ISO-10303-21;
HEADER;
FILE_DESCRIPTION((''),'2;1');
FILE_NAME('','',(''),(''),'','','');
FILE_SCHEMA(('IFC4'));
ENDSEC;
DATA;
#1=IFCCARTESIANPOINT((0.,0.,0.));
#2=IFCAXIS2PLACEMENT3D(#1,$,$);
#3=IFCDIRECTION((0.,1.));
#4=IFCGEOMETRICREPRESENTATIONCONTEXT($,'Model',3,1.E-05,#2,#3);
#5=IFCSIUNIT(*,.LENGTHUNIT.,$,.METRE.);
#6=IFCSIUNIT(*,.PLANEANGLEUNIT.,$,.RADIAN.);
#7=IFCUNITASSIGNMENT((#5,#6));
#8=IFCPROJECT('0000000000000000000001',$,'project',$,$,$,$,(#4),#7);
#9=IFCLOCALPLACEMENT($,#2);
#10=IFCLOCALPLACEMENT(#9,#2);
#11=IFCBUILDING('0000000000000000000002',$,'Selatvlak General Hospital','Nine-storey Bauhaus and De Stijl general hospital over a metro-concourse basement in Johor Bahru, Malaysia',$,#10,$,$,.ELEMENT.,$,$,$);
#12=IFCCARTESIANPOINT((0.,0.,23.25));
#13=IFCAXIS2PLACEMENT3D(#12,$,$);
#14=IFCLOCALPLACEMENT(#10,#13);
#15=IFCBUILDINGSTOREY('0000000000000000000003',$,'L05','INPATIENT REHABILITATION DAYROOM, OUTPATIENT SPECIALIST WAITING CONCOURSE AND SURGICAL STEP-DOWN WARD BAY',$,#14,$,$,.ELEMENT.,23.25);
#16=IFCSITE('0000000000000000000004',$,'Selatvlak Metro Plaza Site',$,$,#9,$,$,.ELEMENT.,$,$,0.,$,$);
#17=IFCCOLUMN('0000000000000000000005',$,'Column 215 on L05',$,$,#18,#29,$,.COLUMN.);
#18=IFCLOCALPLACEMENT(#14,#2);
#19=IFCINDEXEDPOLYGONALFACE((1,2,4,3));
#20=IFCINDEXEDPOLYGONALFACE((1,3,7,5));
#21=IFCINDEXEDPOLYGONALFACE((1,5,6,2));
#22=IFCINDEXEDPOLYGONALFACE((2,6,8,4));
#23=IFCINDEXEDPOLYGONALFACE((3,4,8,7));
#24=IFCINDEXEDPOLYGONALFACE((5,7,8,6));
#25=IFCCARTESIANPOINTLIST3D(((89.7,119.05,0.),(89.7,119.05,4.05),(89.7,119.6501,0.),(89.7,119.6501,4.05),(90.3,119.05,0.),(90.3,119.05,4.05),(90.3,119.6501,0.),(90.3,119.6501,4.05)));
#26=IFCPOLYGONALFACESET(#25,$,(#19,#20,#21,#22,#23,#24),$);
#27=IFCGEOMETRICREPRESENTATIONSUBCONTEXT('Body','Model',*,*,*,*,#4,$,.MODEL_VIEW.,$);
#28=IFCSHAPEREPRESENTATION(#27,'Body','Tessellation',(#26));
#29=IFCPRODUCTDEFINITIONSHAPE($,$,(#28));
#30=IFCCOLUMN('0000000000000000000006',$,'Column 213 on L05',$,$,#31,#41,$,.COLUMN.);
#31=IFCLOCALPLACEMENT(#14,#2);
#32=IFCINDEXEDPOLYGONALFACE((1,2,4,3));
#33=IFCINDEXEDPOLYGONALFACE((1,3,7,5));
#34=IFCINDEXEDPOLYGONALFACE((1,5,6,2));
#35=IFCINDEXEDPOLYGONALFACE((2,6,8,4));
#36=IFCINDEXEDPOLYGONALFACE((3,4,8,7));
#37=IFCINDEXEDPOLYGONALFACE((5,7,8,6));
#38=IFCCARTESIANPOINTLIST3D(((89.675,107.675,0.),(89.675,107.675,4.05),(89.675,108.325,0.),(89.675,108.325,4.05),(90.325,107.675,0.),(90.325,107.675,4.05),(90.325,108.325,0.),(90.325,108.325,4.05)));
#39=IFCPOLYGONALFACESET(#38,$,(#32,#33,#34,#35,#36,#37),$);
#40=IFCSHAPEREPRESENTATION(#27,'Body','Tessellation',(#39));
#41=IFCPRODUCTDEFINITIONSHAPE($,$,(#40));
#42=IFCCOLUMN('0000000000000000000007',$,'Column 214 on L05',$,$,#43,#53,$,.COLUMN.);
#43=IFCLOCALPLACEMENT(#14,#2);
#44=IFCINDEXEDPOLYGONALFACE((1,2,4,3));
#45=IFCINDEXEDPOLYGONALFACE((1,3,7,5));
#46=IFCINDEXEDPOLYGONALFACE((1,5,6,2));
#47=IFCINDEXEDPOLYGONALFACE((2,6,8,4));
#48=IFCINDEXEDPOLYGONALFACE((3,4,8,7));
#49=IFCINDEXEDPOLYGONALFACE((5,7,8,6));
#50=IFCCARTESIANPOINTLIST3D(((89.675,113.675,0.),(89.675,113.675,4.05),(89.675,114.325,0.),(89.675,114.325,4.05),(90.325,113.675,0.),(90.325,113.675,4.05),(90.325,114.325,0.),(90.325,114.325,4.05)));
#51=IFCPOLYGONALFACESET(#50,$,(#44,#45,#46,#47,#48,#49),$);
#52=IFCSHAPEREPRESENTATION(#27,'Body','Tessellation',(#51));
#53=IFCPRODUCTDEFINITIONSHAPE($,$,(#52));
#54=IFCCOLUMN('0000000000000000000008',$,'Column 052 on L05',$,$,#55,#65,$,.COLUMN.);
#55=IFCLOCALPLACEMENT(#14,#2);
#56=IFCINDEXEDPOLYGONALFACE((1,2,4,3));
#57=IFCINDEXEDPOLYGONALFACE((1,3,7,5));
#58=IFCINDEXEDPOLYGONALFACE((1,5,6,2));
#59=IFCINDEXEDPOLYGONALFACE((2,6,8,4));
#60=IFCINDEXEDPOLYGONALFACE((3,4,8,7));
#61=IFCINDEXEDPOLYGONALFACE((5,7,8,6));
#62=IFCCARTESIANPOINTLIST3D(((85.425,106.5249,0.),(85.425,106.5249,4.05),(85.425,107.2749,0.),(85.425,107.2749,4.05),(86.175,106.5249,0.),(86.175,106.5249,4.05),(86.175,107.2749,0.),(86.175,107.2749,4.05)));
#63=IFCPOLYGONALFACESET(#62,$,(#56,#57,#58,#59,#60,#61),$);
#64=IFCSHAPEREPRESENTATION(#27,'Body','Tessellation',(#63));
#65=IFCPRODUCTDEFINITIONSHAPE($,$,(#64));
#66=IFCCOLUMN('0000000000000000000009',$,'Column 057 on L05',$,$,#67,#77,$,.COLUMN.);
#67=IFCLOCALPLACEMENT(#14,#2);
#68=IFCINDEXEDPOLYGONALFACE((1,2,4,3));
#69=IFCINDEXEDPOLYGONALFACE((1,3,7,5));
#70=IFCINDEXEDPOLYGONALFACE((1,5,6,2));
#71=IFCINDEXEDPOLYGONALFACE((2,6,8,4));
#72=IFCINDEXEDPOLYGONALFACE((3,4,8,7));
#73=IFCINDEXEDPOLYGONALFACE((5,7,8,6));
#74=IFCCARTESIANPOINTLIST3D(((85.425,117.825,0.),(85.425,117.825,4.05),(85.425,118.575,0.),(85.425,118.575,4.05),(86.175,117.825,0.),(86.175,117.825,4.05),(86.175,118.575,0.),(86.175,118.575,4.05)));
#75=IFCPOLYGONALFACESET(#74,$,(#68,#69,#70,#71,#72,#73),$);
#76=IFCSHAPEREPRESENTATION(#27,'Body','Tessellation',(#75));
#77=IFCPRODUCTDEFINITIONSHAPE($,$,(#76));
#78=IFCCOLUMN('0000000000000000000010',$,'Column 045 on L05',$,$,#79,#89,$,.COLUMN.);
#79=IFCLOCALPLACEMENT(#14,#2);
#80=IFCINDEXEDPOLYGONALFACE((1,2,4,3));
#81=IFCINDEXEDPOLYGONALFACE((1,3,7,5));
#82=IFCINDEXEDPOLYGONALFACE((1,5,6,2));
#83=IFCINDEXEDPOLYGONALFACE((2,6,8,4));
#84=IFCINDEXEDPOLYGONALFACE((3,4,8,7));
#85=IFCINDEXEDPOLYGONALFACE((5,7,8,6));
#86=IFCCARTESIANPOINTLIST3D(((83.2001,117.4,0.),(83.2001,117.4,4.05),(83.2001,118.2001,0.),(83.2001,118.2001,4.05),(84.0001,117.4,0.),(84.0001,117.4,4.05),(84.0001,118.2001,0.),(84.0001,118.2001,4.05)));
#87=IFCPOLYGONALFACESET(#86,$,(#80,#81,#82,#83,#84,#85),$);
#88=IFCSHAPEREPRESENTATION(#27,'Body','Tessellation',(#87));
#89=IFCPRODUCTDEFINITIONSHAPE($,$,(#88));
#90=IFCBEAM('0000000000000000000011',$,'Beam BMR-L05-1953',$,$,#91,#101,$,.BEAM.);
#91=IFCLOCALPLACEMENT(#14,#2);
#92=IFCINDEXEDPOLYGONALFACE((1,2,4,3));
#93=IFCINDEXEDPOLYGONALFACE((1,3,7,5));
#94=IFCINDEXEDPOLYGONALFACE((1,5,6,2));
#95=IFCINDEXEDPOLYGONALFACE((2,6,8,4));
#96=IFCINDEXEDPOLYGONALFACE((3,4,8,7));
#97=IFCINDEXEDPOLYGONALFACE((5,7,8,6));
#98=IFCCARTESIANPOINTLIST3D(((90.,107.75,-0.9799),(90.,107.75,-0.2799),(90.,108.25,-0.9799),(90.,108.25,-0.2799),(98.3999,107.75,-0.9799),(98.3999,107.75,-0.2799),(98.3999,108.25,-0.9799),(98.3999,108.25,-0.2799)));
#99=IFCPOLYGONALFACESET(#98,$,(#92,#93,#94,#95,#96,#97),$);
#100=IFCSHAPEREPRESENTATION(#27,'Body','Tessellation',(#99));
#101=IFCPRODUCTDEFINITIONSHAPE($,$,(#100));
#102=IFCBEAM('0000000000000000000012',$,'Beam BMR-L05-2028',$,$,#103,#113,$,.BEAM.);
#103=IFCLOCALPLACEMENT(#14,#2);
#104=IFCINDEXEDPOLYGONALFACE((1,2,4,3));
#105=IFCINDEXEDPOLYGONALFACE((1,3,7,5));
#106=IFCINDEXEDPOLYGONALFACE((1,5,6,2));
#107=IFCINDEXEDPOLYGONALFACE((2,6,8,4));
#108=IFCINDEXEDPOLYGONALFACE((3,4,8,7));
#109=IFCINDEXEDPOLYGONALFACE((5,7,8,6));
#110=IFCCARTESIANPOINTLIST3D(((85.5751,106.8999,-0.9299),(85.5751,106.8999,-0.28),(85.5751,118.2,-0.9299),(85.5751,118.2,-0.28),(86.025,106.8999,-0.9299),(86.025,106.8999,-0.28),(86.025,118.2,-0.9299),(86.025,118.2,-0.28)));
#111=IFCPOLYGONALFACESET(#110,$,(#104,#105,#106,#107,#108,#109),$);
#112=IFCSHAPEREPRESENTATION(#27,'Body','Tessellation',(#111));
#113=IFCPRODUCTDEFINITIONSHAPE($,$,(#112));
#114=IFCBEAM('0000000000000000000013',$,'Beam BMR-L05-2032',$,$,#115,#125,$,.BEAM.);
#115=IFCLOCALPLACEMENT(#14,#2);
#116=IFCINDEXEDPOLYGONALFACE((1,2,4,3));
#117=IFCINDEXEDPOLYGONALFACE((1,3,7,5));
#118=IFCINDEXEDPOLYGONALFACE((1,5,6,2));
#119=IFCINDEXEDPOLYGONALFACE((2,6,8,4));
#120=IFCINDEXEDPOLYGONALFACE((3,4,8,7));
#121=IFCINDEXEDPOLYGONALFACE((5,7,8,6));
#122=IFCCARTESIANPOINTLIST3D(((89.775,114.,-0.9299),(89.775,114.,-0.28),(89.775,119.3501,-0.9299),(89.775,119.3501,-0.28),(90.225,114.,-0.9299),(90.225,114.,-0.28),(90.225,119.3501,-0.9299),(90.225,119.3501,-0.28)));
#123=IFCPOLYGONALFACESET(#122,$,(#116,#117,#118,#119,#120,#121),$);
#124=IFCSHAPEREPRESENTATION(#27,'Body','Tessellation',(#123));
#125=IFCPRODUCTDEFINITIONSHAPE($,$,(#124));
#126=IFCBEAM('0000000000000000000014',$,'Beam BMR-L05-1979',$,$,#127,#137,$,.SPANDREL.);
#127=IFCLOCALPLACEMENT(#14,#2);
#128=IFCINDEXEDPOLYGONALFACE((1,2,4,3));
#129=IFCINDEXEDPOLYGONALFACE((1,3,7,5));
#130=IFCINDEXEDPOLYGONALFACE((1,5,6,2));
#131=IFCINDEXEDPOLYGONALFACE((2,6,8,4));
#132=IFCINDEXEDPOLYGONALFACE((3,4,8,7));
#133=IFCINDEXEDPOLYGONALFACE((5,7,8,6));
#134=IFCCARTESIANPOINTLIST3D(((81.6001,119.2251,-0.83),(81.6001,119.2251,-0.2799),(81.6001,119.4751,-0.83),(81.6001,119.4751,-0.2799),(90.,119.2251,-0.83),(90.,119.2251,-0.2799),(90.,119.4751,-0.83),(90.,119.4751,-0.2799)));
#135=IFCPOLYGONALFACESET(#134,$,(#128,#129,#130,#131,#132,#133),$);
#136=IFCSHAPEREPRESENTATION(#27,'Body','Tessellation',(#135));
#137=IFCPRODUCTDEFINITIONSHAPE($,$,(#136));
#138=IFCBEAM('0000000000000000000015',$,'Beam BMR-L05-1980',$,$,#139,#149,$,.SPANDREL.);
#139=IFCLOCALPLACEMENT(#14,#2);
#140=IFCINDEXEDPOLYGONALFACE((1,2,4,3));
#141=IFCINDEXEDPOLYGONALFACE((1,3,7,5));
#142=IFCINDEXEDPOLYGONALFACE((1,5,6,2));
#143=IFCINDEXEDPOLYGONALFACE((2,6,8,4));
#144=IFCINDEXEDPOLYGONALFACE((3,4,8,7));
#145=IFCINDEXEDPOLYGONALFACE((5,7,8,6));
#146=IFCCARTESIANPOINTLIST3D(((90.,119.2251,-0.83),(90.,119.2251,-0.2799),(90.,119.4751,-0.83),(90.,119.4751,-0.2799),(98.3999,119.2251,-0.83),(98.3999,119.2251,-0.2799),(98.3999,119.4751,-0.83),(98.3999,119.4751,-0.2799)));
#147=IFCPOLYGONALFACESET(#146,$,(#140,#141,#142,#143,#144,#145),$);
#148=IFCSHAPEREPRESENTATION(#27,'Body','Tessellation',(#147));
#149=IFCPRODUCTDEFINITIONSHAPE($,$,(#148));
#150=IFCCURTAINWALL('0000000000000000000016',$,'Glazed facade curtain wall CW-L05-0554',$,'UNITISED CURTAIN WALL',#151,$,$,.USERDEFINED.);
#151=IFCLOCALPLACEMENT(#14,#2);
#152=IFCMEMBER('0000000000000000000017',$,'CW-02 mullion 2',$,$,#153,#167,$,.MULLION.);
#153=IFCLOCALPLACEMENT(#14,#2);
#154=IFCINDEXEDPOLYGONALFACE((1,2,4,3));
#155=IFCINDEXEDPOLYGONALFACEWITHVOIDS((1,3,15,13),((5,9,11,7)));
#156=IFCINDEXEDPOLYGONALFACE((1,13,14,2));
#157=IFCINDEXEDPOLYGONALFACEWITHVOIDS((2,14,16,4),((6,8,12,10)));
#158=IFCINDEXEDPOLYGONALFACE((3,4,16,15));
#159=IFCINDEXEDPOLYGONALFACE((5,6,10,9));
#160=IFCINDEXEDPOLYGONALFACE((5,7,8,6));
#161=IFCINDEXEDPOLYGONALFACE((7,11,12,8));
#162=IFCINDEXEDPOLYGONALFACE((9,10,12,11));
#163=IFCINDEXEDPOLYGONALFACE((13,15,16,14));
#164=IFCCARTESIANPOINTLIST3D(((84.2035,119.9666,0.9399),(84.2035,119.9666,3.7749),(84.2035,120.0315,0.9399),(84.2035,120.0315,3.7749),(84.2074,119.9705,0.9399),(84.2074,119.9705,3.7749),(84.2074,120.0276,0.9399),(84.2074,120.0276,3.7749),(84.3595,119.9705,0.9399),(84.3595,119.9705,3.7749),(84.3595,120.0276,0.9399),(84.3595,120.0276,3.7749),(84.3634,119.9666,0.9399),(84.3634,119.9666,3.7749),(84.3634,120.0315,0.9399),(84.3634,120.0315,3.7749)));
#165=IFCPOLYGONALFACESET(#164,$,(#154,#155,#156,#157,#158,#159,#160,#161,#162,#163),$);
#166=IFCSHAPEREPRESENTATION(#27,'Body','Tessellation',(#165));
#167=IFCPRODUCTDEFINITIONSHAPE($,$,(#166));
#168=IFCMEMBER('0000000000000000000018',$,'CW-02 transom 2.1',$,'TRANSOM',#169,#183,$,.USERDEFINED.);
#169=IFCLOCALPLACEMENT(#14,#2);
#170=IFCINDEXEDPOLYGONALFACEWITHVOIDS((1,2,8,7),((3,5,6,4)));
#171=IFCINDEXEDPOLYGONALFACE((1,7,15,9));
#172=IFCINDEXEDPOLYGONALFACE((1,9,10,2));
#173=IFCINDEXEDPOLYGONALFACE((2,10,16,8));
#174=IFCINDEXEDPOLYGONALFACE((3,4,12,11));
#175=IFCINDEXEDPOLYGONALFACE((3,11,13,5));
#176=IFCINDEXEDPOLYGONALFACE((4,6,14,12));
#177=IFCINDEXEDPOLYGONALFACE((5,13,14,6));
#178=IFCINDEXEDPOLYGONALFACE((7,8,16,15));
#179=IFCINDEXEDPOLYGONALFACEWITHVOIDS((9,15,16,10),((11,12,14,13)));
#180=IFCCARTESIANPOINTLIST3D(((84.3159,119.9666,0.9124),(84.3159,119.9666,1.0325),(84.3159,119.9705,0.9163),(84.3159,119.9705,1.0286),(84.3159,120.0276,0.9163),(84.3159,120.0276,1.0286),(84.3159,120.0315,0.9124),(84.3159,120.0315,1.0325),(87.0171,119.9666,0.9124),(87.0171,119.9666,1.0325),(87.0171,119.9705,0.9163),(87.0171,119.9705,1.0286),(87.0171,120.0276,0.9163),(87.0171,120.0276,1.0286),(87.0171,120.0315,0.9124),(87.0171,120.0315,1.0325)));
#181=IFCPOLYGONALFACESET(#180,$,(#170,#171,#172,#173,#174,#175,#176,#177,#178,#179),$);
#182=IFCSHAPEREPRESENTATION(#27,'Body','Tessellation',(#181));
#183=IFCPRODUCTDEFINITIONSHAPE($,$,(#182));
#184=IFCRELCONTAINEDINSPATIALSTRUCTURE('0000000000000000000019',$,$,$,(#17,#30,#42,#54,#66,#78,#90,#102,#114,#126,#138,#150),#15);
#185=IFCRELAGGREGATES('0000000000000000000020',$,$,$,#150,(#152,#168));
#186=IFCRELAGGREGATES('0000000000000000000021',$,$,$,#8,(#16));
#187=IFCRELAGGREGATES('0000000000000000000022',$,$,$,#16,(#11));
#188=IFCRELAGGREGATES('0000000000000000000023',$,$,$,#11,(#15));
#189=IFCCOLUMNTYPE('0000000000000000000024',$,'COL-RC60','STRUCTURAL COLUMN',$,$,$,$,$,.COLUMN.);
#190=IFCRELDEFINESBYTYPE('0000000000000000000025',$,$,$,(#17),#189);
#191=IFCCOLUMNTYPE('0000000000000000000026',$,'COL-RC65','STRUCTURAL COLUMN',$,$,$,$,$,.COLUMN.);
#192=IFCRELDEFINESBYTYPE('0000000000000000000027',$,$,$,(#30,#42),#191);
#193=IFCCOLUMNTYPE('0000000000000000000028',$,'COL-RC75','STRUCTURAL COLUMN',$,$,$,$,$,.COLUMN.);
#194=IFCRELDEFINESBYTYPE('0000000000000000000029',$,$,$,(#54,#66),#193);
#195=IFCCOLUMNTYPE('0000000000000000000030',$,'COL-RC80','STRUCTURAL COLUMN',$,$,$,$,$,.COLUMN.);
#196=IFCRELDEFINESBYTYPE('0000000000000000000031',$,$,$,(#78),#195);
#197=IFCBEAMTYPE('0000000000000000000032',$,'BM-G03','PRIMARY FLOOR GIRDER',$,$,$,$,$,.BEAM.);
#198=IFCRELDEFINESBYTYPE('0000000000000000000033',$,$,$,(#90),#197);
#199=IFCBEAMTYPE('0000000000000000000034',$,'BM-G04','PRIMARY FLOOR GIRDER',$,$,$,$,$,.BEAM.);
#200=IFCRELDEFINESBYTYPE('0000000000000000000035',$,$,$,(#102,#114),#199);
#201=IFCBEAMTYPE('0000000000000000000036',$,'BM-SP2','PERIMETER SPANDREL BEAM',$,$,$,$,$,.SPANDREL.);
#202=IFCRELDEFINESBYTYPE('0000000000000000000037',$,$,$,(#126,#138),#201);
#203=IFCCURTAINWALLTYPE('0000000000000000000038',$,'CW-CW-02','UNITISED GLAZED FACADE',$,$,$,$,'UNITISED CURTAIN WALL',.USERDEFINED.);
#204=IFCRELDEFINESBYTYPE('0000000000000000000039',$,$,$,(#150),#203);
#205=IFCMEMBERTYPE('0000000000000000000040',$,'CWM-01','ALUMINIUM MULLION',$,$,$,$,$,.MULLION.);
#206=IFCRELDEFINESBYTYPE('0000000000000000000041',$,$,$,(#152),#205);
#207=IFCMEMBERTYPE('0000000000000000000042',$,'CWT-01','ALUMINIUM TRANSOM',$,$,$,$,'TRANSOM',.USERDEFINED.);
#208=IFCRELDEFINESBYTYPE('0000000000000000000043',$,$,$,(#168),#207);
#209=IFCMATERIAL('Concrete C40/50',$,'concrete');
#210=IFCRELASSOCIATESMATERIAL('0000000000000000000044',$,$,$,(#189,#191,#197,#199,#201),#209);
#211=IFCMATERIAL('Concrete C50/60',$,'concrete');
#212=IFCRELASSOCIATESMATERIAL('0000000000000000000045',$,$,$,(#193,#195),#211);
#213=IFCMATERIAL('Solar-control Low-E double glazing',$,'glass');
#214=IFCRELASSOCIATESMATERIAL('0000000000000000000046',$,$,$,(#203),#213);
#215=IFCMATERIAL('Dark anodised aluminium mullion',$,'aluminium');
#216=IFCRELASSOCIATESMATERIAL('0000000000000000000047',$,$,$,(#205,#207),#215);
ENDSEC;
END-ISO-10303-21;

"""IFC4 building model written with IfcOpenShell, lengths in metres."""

from ifc_helpers import new_model, si_unit, direction, frame, origin, origin_2d, place, context, subcontext, project, spatial, rectangle, hollow_rectangle, extrude, material, material_profile, profile_set, type_object, element, aggregate, save


model = new_model("IFC4")

# Units and contexts
model_context = context("Model", 3, precision=1e-05, world=origin(), true_north=direction((0.0, 1.0)))
body_context = subcontext(model_context, "Body", "Model", "MODEL_VIEW")
ifc_project = project(units=[si_unit("LENGTHUNIT", "METRE"), si_unit("PLANEANGLEUNIT", "RADIAN")], contexts=[model_context])

# Site, building, storey
site_placement = place(None, origin())
site = spatial("IfcSite", under=ifc_project, at=site_placement, Name="Selatvlak Metro Plaza Site", CompositionType="ELEMENT", RefElevation=0.0)
building_placement = place(site_placement, origin())
building = spatial("IfcBuilding", under=site, at=building_placement, Name="Selatvlak General Hospital", Description="Nine-storey Bauhaus and De Stijl general hospital over a metro-concourse basement in Johor Bahru, Malaysia", CompositionType="ELEMENT")
storey_placement = place(building_placement, frame((0.0, 0.0, 23.25)))
storey = spatial("IfcBuildingStorey", under=building, at=storey_placement, Name="L05", Description="INPATIENT REHABILITATION DAYROOM, OUTPATIENT SPECIALIST WAITING CONCOURSE AND SURGICAL STEP-DOWN WARD BAY", CompositionType="ELEMENT", Elevation=23.25)

# Columns
ifc_material_1 = material(Name="Concrete C40/50", Category="concrete")
ifc_material_profile_1 = material_profile(ifc_material_1, rectangle(XDim=0.6001, YDim=0.6001, at=origin_2d()), Name="RC-COL 600x600")
ifc_profile_set_1 = profile_set([ifc_material_profile_1], Name="Concrete C40/50")
column_type_1 = type_object("IfcColumnType", Name="COL-RC60", Description="STRUCTURAL COLUMN", PredefinedType="COLUMN", material=ifc_profile_set_1)
column_1_placement = place(storey_placement, frame((90.0, 119.3501, 0.0), z_axis=(0.0, 0.0, 1.0), x_axis=(1.0, 0.0, 0.0)))
element("IfcColumn", 1, at=column_1_placement, inside=storey, type_object=column_type_1, Name="Column 215 on L05", PredefinedType="COLUMN", context=body_context, shape_type="SweptSolid", body=[
    extrude(rectangle(XDim=0.6001, YDim=0.6001, at=origin_2d()), origin(), (0.0, 0.0, 1.0), 4.05),
])
ifc_material_profile_2 = material_profile(ifc_material_1, rectangle(XDim=0.6499, YDim=0.6499, at=origin_2d()), Name="RC-COL 650x650")
ifc_profile_set_2 = profile_set([ifc_material_profile_2], Name="Concrete C40/50")
column_type_2 = type_object("IfcColumnType", Name="COL-RC65", Description="STRUCTURAL COLUMN", PredefinedType="COLUMN", material=ifc_profile_set_2)
for number, where, z_axis, x_axis, name in (
    (2, (90.0, 108.0, 0.0), (0.0, 0.0, 1.0), (1.0, 0.0, 0.0), "Column 213 on L05"),
    (3, (90.0, 114.0, 0.0), (0.0, 0.0, 1.0), (1.0, 0.0, 0.0), "Column 214 on L05"),
):
    element("IfcColumn", number, at=place(storey_placement, frame(where, z_axis=z_axis, x_axis=x_axis)), inside=storey, type_object=column_type_2, Name=name, PredefinedType="COLUMN", context=body_context, shape_type="SweptSolid", body=[
        extrude(rectangle(XDim=0.6499, YDim=0.6499, at=origin_2d()), origin(), (0.0, 0.0, 1.0), 4.05),
    ])
ifc_material_2 = material(Name="Concrete C50/60", Category="concrete")
ifc_material_profile_3 = material_profile(ifc_material_2, rectangle(XDim=0.75, YDim=0.75, at=origin_2d()), Name="RC-COL 750x750")
ifc_profile_set_3 = profile_set([ifc_material_profile_3], Name="Concrete C50/60")
column_type_3 = type_object("IfcColumnType", Name="COL-RC75", Description="STRUCTURAL COLUMN", PredefinedType="COLUMN", material=ifc_profile_set_3)
for number, where, z_axis, x_axis, name in (
    (4, (85.8, 106.8999, 0.0), (0.0, 0.0, 1.0), (1.0, 0.0, 0.0), "Column 052 on L05"),
    (5, (85.8, 118.2, 0.0), (0.0, 0.0, 1.0), (1.0, 0.0, 0.0), "Column 057 on L05"),
):
    element("IfcColumn", number, at=place(storey_placement, frame(where, z_axis=z_axis, x_axis=x_axis)), inside=storey, type_object=column_type_3, Name=name, PredefinedType="COLUMN", context=body_context, shape_type="SweptSolid", body=[
        extrude(rectangle(XDim=0.75, YDim=0.75, at=origin_2d()), origin(), (0.0, 0.0, 1.0), 4.05),
    ])
ifc_material_profile_4 = material_profile(ifc_material_2, rectangle(XDim=0.8, YDim=0.8, at=origin_2d()), Name="RC-COL 800x800")
ifc_profile_set_4 = profile_set([ifc_material_profile_4], Name="Concrete C50/60")
column_type_4 = type_object("IfcColumnType", Name="COL-RC80", Description="STRUCTURAL COLUMN", PredefinedType="COLUMN", material=ifc_profile_set_4)
column_2_placement = place(storey_placement, frame((83.6001, 117.8, 0.0), z_axis=(0.0, 0.0, 1.0), x_axis=(1.0, 0.0, 0.0)))
element("IfcColumn", 6, at=column_2_placement, inside=storey, type_object=column_type_4, Name="Column 045 on L05", PredefinedType="COLUMN", context=body_context, shape_type="SweptSolid", body=[
    extrude(rectangle(XDim=0.8, YDim=0.8, at=origin_2d()), origin(), (0.0, 0.0, 1.0), 4.05),
])

# Beams
ifc_material_profile_5 = material_profile(ifc_material_1, rectangle(XDim=0.5, YDim=0.7, at=origin_2d()), Name="RC-BM 500x700")
ifc_profile_set_5 = profile_set([ifc_material_profile_5], Name="Concrete C40/50")
beam_type_1 = type_object("IfcBeamType", Name="BM-G03", Description="PRIMARY FLOOR GIRDER", PredefinedType="BEAM", material=ifc_profile_set_5)
beam_1_placement = place(storey_placement, frame((90.0, 108.0, -0.6299), z_axis=(1.0, 0.0, 0.0), x_axis=(0.0, 1.0, 0.0)))
element("IfcBeam", 7, at=beam_1_placement, inside=storey, type_object=beam_type_1, Name="Beam BMR-L05-1953", PredefinedType="BEAM", context=body_context, shape_type="SweptSolid", body=[
    extrude(rectangle(XDim=0.5, YDim=0.7, at=origin_2d()), origin(), (0.0, 0.0, 1.0), 8.3999),
])
ifc_material_profile_6 = material_profile(ifc_material_1, rectangle(XDim=0.45, YDim=0.6499, at=origin_2d()), Name="RC-BM 450x650")
ifc_profile_set_6 = profile_set([ifc_material_profile_6], Name="Concrete C40/50")
beam_type_2 = type_object("IfcBeamType", Name="BM-G04", Description="PRIMARY FLOOR GIRDER", PredefinedType="BEAM", material=ifc_profile_set_6)
beam_2_placement = place(storey_placement, frame((85.8, 106.8999, -0.605), z_axis=(0.0, 1.0, 0.0), x_axis=(-1.0, 0.0, 0.0)))
element("IfcBeam", 8, at=beam_2_placement, inside=storey, type_object=beam_type_2, Name="Beam BMR-L05-2028", PredefinedType="BEAM", context=body_context, shape_type="SweptSolid", body=[
    extrude(rectangle(XDim=0.45, YDim=0.6499, at=origin_2d()), origin(), (0.0, 0.0, 1.0), 11.3),
])
beam_3_placement = place(storey_placement, frame((90.0, 114.0, -0.605), z_axis=(0.0, 1.0, 0.0), x_axis=(-1.0, 0.0, 0.0)))
element("IfcBeam", 9, at=beam_3_placement, inside=storey, type_object=beam_type_2, Name="Beam BMR-L05-2032", PredefinedType="BEAM", context=body_context, shape_type="SweptSolid", body=[
    extrude(rectangle(XDim=0.45, YDim=0.6499, at=origin_2d()), origin(), (0.0, 0.0, 1.0), 5.3501),
])
ifc_material_profile_7 = material_profile(ifc_material_1, rectangle(XDim=0.25, YDim=0.55, at=origin_2d()), Name="RC-SP 250x550")
ifc_profile_set_7 = profile_set([ifc_material_profile_7], Name="Concrete C40/50")
beam_type_3 = type_object("IfcBeamType", Name="BM-SP2", Description="PERIMETER SPANDREL BEAM", PredefinedType="SPANDREL", material=ifc_profile_set_7)
for number, where, z_axis, x_axis, name in (
    (10, (81.6001, 119.3501, -0.5549), (1.0, 0.0, 0.0), (0.0, 1.0, 0.0), "Beam BMR-L05-1979"),
    (11, (90.0, 119.3501, -0.5549), (1.0, 0.0, 0.0), (0.0, 1.0, 0.0), "Beam BMR-L05-1980"),
):
    element("IfcBeam", number, at=place(storey_placement, frame(where, z_axis=z_axis, x_axis=x_axis)), inside=storey, type_object=beam_type_3, Name=name, PredefinedType="SPANDREL", context=body_context, shape_type="SweptSolid", body=[
        extrude(rectangle(XDim=0.25, YDim=0.55, at=origin_2d()), origin(), (0.0, 0.0, 1.0), 8.3999),
    ])

# Curtain wall, members
ifc_material_3 = material(Name="Solar-control Low-E double glazing", Category="glass")
curtain_wall_type = type_object("IfcCurtainWallType", Name="CW-CW-02", Description="UNITISED GLAZED FACADE", ElementType="UNITISED CURTAIN WALL", PredefinedType="USERDEFINED", material=ifc_material_3)
curtain_wall_placement = place(storey_placement, origin())
curtain_wall = element("IfcCurtainWall", 12, at=curtain_wall_placement, inside=storey, type_object=curtain_wall_type, Name="Glazed facade curtain wall CW-L05-0554", ObjectType="UNITISED CURTAIN WALL", PredefinedType="USERDEFINED")
ifc_material_4 = material(Name="Dark anodised aluminium mullion", Category="aluminium")
ifc_material_profile_8 = material_profile(ifc_material_4, hollow_rectangle(XDim=0.0649, YDim=0.1599, WallThickness=0.0039, at=origin_2d()), Name="AL-MUL 65x160x4")
ifc_profile_set_8 = profile_set([ifc_material_profile_8], Name="Dark anodised aluminium mullion")
member_type_1 = type_object("IfcMemberType", Name="CWM-01", Description="ALUMINIUM MULLION", PredefinedType="MULLION", material=ifc_profile_set_8)
member_1_placement = place(storey_placement, frame((84.2834, 119.999, 0.9399), z_axis=(0.0, 0.0, 1.0), x_axis=(0.0, 1.0, 0.0)))
member_1 = element("IfcMember", 13, at=member_1_placement, type_object=member_type_1, Name="CW-02 mullion 2", PredefinedType="MULLION", context=body_context, shape_type="SweptSolid", body=[
    extrude(hollow_rectangle(XDim=0.0649, YDim=0.1599, WallThickness=0.0039, at=origin_2d()), origin(), (0.0, 0.0, 1.0), 2.835),
])
ifc_material_profile_9 = material_profile(ifc_material_4, hollow_rectangle(XDim=0.0649, YDim=0.1201, WallThickness=0.0039, at=origin_2d()), Name="AL-TRN 65x120x4")
ifc_profile_set_9 = profile_set([ifc_material_profile_9], Name="Dark anodised aluminium mullion")
member_type_2 = type_object("IfcMemberType", Name="CWT-01", Description="ALUMINIUM TRANSOM", ElementType="TRANSOM", PredefinedType="USERDEFINED", material=ifc_profile_set_9)
member_2_placement = place(storey_placement, frame((84.3159, 119.999, 0.9724), z_axis=(1.0, 0.0, 0.0), x_axis=(0.0, 1.0, 0.0)))
member_2 = element("IfcMember", 14, at=member_2_placement, type_object=member_type_2, Name="CW-02 transom 2.1", ObjectType="TRANSOM", PredefinedType="USERDEFINED", context=body_context, shape_type="SweptSolid", body=[
    extrude(hollow_rectangle(XDim=0.0649, YDim=0.1201, WallThickness=0.0039, at=origin_2d()), origin(), (0.0, 0.0, 1.0), 2.7012),
])
aggregate(curtain_wall, [member_1, member_2])

save(model, "model.ifc")
